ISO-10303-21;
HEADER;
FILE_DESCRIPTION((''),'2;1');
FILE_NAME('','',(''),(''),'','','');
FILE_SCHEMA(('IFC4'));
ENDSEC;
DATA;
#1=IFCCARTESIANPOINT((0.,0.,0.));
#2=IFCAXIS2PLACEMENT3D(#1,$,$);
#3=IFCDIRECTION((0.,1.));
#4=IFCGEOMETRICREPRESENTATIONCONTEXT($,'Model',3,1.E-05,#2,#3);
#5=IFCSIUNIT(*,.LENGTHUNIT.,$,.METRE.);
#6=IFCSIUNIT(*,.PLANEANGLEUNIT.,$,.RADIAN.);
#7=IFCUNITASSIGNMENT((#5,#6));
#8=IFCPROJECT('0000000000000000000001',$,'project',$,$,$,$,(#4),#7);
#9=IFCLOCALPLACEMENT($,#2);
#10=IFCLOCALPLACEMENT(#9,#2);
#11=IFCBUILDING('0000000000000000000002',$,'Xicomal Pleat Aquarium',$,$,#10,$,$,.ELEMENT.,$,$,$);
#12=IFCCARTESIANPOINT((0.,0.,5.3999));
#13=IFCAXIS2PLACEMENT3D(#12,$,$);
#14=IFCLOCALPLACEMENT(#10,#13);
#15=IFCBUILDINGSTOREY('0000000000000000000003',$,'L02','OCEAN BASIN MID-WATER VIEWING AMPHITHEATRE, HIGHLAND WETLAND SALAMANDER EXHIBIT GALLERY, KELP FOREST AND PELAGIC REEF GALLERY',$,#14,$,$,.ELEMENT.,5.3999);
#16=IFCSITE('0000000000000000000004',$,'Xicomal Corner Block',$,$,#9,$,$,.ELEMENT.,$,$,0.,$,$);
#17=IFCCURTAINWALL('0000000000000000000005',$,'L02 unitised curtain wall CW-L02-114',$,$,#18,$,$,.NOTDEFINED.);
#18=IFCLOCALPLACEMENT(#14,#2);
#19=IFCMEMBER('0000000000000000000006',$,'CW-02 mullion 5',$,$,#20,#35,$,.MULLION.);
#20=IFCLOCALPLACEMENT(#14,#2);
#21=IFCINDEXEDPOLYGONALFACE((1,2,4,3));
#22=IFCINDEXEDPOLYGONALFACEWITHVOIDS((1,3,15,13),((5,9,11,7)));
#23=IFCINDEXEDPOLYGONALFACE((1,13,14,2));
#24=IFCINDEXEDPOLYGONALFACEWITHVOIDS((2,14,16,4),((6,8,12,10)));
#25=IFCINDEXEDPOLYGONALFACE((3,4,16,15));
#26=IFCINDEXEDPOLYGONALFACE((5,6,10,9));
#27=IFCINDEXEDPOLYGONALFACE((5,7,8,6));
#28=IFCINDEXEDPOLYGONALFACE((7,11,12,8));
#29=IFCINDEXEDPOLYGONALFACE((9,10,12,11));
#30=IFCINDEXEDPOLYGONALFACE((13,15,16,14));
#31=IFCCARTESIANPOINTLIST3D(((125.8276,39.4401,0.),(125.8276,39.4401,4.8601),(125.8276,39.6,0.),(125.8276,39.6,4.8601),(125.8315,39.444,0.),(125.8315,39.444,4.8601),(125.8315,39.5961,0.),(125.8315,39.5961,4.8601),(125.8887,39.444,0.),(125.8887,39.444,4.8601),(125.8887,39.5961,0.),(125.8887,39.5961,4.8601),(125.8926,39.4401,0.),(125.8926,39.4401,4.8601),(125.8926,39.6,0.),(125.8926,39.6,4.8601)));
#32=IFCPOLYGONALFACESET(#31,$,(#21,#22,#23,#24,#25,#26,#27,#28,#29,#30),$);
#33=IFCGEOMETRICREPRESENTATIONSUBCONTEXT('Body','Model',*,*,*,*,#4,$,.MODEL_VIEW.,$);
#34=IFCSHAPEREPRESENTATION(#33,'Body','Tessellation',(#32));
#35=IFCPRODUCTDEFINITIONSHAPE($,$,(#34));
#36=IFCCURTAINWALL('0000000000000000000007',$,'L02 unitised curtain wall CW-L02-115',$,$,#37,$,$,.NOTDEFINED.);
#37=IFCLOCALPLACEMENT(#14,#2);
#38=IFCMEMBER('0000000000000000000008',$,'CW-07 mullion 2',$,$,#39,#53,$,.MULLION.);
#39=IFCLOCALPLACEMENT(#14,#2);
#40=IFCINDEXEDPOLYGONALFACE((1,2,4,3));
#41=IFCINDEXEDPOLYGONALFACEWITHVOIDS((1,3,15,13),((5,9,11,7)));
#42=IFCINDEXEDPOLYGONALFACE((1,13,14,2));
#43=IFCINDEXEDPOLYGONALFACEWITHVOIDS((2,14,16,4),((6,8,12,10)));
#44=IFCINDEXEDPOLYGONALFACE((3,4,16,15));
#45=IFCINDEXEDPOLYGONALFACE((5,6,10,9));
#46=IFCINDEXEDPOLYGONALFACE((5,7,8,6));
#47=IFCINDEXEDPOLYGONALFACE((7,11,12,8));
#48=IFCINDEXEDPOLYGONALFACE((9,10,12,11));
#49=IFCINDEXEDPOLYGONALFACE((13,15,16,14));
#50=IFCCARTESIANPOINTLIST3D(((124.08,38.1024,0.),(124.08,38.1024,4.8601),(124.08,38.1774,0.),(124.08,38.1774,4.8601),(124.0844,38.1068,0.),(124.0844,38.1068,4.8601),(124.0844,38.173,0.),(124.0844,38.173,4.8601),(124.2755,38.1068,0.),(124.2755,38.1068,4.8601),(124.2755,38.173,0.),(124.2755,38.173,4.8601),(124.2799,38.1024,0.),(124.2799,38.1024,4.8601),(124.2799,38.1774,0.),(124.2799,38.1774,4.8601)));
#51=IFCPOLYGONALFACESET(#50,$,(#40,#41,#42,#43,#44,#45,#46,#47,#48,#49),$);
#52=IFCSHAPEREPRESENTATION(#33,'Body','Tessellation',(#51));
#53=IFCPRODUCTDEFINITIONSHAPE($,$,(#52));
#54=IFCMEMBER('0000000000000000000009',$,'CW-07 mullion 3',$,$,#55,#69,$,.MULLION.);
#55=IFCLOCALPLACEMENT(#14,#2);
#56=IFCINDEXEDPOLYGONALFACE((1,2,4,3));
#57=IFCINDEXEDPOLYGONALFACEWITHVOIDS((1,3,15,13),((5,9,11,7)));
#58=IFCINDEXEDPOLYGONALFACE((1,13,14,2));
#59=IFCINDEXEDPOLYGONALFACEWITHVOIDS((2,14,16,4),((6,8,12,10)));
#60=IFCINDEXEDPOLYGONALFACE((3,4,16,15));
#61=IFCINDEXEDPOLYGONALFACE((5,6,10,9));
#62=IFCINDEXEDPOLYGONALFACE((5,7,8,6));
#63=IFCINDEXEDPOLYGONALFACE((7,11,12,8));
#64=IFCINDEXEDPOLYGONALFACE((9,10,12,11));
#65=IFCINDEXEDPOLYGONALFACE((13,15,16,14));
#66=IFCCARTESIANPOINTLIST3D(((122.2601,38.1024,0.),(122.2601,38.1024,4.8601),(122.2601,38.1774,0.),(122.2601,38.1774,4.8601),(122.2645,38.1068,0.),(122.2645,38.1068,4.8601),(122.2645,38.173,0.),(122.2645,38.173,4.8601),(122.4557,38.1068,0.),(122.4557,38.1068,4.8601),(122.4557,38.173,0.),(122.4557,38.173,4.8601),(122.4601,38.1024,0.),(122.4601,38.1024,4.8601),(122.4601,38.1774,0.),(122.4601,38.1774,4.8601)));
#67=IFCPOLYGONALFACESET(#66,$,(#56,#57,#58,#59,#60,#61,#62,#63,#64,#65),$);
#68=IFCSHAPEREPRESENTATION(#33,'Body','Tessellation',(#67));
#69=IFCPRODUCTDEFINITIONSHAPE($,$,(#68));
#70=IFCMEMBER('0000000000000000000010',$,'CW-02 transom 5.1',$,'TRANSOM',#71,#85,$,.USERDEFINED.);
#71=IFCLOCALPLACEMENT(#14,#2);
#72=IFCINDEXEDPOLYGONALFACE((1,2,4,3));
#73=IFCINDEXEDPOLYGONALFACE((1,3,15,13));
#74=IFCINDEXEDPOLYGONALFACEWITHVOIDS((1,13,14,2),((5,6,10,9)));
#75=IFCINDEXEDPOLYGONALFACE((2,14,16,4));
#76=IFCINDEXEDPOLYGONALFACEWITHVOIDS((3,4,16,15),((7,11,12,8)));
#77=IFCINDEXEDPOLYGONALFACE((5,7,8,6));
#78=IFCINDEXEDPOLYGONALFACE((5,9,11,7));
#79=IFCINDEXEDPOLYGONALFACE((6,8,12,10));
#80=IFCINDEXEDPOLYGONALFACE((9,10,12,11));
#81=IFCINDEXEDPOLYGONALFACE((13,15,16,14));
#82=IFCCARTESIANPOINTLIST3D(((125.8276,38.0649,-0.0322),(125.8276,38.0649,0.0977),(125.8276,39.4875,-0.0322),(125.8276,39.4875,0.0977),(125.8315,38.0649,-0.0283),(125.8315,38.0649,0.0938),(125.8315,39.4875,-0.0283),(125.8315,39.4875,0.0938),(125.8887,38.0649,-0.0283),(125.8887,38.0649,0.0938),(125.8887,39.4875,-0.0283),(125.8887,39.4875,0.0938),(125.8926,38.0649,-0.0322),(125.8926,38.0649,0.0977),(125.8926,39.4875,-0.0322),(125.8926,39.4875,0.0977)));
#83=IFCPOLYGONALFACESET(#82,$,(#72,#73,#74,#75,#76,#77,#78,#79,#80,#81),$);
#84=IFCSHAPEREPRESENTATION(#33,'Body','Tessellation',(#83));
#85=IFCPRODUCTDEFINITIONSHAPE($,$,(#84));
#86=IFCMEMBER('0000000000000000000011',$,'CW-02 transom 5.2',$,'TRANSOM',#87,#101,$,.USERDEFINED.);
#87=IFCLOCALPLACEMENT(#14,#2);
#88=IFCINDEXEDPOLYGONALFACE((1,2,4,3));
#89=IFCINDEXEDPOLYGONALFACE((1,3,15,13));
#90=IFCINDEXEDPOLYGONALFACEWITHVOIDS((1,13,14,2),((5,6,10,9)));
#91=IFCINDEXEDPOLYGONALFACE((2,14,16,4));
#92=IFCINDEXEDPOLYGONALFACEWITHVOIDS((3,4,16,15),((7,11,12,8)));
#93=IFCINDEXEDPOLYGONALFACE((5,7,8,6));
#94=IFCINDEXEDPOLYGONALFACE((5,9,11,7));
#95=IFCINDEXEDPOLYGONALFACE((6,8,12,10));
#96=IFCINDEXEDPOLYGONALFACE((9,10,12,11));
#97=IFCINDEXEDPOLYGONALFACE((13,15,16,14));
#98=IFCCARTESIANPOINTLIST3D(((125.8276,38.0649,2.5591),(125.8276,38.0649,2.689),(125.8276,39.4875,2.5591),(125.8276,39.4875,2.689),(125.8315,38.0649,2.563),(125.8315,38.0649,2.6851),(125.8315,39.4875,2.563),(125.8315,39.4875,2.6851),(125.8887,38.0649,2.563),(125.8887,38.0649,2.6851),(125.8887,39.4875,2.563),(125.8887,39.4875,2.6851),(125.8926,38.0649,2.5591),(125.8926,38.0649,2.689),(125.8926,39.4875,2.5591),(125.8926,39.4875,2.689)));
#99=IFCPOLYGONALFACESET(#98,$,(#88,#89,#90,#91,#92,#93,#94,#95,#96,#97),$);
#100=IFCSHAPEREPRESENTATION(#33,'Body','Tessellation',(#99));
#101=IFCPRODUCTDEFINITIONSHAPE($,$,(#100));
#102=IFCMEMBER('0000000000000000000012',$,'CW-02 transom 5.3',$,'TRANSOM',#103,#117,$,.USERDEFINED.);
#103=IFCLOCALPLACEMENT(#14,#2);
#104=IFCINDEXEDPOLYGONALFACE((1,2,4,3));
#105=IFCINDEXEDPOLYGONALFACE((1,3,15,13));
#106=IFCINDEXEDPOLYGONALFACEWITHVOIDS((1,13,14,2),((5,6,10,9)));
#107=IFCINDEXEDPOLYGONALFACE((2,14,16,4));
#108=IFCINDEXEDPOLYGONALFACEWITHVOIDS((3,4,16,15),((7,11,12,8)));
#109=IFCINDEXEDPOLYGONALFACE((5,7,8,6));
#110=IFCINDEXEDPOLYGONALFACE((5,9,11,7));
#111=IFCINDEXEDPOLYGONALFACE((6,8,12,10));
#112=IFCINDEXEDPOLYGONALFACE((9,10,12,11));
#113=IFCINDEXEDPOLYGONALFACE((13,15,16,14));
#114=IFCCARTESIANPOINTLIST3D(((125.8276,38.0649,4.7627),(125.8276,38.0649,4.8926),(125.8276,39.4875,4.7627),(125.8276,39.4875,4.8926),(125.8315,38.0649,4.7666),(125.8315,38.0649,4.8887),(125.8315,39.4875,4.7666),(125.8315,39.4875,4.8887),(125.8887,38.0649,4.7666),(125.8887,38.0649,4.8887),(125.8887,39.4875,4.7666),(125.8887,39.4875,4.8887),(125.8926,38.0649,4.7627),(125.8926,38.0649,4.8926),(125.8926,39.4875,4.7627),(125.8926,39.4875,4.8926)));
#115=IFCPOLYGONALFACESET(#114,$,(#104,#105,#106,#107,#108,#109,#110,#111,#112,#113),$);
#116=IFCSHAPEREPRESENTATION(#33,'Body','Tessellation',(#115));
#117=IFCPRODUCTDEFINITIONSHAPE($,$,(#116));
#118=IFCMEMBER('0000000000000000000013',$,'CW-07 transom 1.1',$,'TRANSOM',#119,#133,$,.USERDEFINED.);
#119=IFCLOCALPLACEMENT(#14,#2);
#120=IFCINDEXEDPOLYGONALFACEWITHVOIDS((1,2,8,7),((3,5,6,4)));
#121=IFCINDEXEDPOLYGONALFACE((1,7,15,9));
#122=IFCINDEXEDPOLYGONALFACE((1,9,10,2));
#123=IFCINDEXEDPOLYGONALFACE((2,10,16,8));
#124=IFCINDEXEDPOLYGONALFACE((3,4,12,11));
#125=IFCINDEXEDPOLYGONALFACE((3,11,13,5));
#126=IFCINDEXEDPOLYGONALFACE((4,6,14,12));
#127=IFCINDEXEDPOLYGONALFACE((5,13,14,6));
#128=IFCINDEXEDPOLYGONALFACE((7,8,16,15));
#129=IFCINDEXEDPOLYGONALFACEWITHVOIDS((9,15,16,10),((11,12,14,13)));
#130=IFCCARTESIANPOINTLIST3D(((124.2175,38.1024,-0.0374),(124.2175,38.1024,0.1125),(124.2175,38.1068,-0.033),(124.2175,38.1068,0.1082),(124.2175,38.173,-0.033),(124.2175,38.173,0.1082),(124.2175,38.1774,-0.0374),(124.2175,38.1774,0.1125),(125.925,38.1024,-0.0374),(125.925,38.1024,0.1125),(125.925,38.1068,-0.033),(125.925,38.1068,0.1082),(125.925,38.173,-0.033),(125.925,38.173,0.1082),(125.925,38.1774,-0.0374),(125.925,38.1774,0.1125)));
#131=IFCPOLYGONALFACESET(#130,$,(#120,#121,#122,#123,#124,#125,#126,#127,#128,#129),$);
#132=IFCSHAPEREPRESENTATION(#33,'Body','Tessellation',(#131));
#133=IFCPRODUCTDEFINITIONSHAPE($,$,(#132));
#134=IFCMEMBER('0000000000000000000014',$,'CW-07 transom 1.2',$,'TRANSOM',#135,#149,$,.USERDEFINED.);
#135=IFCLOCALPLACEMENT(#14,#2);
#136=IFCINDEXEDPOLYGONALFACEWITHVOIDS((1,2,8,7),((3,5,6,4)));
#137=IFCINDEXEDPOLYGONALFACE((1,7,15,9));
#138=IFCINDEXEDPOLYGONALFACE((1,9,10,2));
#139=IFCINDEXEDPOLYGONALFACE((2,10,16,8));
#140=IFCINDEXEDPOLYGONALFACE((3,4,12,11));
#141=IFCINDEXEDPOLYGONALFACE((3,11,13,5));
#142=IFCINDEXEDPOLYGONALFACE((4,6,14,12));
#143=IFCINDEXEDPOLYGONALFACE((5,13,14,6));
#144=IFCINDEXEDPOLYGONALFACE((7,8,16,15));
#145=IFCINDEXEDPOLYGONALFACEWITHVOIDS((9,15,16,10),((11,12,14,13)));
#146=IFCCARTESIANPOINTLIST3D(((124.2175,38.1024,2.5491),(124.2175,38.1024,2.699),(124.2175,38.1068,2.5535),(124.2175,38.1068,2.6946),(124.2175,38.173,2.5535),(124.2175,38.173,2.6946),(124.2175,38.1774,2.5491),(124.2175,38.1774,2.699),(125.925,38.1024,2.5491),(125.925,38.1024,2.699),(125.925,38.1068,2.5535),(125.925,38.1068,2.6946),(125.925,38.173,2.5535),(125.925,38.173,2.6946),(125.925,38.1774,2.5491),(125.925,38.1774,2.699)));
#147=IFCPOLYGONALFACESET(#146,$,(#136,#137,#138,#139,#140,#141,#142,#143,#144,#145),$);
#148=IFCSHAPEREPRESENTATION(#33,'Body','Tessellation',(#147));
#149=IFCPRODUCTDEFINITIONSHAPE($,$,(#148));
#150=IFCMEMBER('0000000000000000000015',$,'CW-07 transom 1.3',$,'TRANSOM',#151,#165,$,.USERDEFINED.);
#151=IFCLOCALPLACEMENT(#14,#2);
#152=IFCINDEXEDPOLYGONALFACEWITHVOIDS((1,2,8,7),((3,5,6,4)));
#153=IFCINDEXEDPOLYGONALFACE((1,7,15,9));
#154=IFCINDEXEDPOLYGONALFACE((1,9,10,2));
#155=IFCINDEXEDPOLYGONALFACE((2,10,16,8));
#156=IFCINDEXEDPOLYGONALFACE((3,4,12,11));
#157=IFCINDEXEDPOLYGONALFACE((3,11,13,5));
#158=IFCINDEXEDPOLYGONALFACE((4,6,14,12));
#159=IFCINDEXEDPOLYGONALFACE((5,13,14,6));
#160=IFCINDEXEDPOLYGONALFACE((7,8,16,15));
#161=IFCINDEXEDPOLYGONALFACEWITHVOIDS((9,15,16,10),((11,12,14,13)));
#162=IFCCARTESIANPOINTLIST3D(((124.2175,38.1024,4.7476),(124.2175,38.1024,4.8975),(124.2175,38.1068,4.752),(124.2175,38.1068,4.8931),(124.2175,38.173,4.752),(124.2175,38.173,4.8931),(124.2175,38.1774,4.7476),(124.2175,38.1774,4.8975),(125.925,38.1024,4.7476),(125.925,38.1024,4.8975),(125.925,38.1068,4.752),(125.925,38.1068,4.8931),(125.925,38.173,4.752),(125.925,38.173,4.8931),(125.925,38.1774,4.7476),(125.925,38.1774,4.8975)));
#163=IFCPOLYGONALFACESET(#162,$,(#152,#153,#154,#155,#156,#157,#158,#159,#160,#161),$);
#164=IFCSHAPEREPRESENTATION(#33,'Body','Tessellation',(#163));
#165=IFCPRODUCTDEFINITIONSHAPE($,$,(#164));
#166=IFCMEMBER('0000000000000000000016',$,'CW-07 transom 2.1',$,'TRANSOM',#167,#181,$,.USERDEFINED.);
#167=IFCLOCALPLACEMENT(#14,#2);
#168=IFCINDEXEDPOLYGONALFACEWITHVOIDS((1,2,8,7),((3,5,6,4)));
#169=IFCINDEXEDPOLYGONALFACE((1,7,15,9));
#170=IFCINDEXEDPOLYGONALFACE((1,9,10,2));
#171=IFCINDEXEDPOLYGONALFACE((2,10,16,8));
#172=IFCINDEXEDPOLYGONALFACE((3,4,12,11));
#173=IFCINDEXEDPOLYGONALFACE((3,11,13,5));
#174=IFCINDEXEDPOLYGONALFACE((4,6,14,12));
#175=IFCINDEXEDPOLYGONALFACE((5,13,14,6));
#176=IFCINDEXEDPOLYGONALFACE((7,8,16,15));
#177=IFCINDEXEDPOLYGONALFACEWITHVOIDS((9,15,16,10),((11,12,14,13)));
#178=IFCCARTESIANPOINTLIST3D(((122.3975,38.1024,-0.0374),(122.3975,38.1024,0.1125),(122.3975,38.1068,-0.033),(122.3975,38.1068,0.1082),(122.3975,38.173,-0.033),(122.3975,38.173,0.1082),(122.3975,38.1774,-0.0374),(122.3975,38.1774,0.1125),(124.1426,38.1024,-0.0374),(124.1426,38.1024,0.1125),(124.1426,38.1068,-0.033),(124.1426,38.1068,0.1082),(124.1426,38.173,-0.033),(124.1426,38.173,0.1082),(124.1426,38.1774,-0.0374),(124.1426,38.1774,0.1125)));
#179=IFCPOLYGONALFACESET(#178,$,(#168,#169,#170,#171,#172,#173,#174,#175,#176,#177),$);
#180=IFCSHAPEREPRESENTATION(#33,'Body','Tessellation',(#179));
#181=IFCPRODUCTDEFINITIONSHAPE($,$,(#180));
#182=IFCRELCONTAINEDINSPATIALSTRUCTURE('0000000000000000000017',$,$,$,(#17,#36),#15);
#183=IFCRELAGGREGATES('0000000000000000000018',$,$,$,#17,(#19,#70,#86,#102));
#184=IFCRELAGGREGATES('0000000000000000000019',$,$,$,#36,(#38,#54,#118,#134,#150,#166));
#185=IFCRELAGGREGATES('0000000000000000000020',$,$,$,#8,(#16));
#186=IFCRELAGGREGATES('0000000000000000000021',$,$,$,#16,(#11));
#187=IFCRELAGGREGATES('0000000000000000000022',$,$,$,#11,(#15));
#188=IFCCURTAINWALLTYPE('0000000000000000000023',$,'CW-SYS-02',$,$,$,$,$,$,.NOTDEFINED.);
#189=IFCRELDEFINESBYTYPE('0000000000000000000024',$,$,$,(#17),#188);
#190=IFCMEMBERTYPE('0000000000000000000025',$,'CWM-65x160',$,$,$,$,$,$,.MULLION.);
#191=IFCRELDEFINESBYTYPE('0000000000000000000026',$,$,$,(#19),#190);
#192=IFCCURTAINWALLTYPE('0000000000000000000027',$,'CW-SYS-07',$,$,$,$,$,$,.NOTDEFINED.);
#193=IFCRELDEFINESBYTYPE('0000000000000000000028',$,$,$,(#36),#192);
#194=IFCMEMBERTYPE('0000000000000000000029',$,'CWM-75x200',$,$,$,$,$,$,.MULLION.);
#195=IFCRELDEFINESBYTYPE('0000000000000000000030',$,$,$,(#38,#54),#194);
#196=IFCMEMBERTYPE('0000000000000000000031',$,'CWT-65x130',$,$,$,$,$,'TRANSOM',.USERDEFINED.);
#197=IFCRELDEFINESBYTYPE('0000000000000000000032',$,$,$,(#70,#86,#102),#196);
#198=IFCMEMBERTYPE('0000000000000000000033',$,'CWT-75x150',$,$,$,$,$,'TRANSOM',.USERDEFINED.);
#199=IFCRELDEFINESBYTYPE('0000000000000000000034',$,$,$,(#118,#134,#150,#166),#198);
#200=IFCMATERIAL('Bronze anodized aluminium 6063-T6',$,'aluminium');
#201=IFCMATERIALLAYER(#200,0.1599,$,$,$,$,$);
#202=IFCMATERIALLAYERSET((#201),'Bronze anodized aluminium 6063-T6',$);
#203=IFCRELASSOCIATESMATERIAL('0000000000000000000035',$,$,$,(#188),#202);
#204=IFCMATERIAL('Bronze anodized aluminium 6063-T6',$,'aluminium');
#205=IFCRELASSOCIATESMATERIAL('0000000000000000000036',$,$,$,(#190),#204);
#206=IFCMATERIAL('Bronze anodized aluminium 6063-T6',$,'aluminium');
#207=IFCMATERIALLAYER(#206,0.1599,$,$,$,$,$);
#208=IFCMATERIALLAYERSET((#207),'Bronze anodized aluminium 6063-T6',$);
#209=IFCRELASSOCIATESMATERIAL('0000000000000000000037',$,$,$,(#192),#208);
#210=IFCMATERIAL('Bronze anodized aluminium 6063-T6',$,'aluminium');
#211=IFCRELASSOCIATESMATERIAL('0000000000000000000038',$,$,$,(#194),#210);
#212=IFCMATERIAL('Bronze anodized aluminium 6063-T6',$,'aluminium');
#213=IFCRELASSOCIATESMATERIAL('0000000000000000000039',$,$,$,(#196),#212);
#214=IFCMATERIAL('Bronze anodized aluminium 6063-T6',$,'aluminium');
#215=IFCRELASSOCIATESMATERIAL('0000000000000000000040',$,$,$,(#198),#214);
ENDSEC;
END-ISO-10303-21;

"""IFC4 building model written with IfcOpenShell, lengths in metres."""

from ifc_helpers import new_model, si_unit, direction, frame, origin, origin_2d, place, context, subcontext, project, spatial, hollow_rectangle, extrude, material, layer, layer_set, material_profile, profile_set, type_object, element, aggregate, save


model = new_model("IFC4")

# Units and contexts
model_context = context("Model", 3, precision=1e-05, world=origin(), true_north=direction((0.0, 1.0)))
body_context = subcontext(model_context, "Body", "Model", "MODEL_VIEW")
ifc_project = project(units=[si_unit("LENGTHUNIT", "METRE"), si_unit("PLANEANGLEUNIT", "RADIAN")], contexts=[model_context])

# Site, building, storey
site_placement = place(None, origin())
site = spatial("IfcSite", under=ifc_project, at=site_placement, Name="Xicomal Corner Block", CompositionType="ELEMENT", RefElevation=0.0)
building_placement = place(site_placement, origin())
building = spatial("IfcBuilding", under=site, at=building_placement, Name="Xicomal Pleat Aquarium", CompositionType="ELEMENT")
storey_placement = place(building_placement, frame((0.0, 0.0, 5.3999)))
storey = spatial("IfcBuildingStorey", under=building, at=storey_placement, Name="L02", Description="OCEAN BASIN MID-WATER VIEWING AMPHITHEATRE, HIGHLAND WETLAND SALAMANDER EXHIBIT GALLERY, KELP FOREST AND PELAGIC REEF GALLERY", CompositionType="ELEMENT", Elevation=5.3999)

# Curtain wall, member
ifc_material_1 = material(Name="Bronze anodized aluminium 6063-T6", Category="aluminium")
ifc_layer_1 = layer(ifc_material_1, 0.1599)
ifc_layer_set_1 = layer_set([ifc_layer_1], Name="Bronze anodized aluminium 6063-T6")
curtain_wall_type_1 = type_object("IfcCurtainWallType", Name="CW-SYS-02", PredefinedType="NOTDEFINED", material=ifc_layer_set_1)
curtain_wall_1_placement = place(storey_placement, origin())
curtain_wall_1 = element("IfcCurtainWall", 1, at=curtain_wall_1_placement, inside=storey, type_object=curtain_wall_type_1, Name="L02 unitised curtain wall CW-L02-114", PredefinedType="NOTDEFINED")
ifc_material_2 = material(Name="Bronze anodized aluminium 6063-T6", Category="aluminium")
ifc_material_profile_1 = material_profile(ifc_material_2, hollow_rectangle(XDim=0.0649, YDim=0.1599, WallThickness=0.0039, at=origin_2d()), Name="ALU MULL 65x160")
ifc_profile_set_1 = profile_set([ifc_material_profile_1], Name="Bronze anodized aluminium 6063-T6")
member_type_1 = type_object("IfcMemberType", Name="CWM-65x160", PredefinedType="MULLION", material=ifc_profile_set_1)
member_1_placement = place(storey_placement, frame((125.8601, 39.52, 0.0), z_axis=(0.0, 0.0, 1.0), x_axis=(1.0, 0.0, 0.0)))
member_1 = element("IfcMember", 2, at=member_1_placement, type_object=member_type_1, Name="CW-02 mullion 5", PredefinedType="MULLION", context=body_context, shape_type="SweptSolid", body=[
    extrude(hollow_rectangle(XDim=0.0649, YDim=0.1599, WallThickness=0.0039, at=origin_2d()), origin(), (0.0, 0.0, 1.0), 4.8601),
])

# Curtain wall, members
ifc_material_3 = material(Name="Bronze anodized aluminium 6063-T6", Category="aluminium")
ifc_layer_2 = layer(ifc_material_3, 0.1599)
ifc_layer_set_2 = layer_set([ifc_layer_2], Name="Bronze anodized aluminium 6063-T6")
curtain_wall_type_2 = type_object("IfcCurtainWallType", Name="CW-SYS-07", PredefinedType="NOTDEFINED", material=ifc_layer_set_2)
curtain_wall_2_placement = place(storey_placement, origin())
curtain_wall_2 = element("IfcCurtainWall", 3, at=curtain_wall_2_placement, inside=storey, type_object=curtain_wall_type_2, Name="L02 unitised curtain wall CW-L02-115", PredefinedType="NOTDEFINED")
ifc_material_4 = material(Name="Bronze anodized aluminium 6063-T6", Category="aluminium")
ifc_material_profile_2 = material_profile(ifc_material_4, hollow_rectangle(XDim=0.075, YDim=0.2, WallThickness=0.0044, at=origin_2d()), Name="ALU MULL 75x200")
ifc_profile_set_2 = profile_set([ifc_material_profile_2], Name="Bronze anodized aluminium 6063-T6")
member_type_2 = type_object("IfcMemberType", Name="CWM-75x200", PredefinedType="MULLION", material=ifc_profile_set_2)
member_2_placement = place(storey_placement, frame((124.1799, 38.1399, 0.0), z_axis=(0.0, 0.0, 1.0), x_axis=(0.0, -1.0, 0.0)))
member_2 = element("IfcMember", 4, at=member_2_placement, type_object=member_type_2, Name="CW-07 mullion 2", PredefinedType="MULLION", context=body_context, shape_type="SweptSolid", body=[
    extrude(hollow_rectangle(XDim=0.075, YDim=0.2, WallThickness=0.0044, at=origin_2d()), origin(), (0.0, 0.0, 1.0), 4.8601),
])
member_3_placement = place(storey_placement, frame((122.3601, 38.1399, 0.0), z_axis=(0.0, 0.0, 1.0), x_axis=(0.0, -1.0, 0.0)))
member_3 = element("IfcMember", 5, at=member_3_placement, type_object=member_type_2, Name="CW-07 mullion 3", PredefinedType="MULLION", context=body_context, shape_type="SweptSolid", body=[
    extrude(hollow_rectangle(XDim=0.075, YDim=0.2, WallThickness=0.0044, at=origin_2d()), origin(), (0.0, 0.0, 1.0), 4.8601),
])

# Members
ifc_material_5 = material(Name="Bronze anodized aluminium 6063-T6", Category="aluminium")
ifc_material_profile_3 = material_profile(ifc_material_5, hollow_rectangle(XDim=0.0649, YDim=0.1299, WallThickness=0.0039, at=origin_2d()), Name="ALU TRAN 65x130")
ifc_profile_set_3 = profile_set([ifc_material_profile_3], Name="Bronze anodized aluminium 6063-T6")
member_type_3 = type_object("IfcMemberType", Name="CWT-65x130", ElementType="TRANSOM", PredefinedType="USERDEFINED", material=ifc_profile_set_3)
member_4_placement = place(storey_placement, frame((125.8601, 39.4875, 0.0327), z_axis=(0.0, -1.0, 0.0), x_axis=(1.0, 0.0, 0.0)))
member_4 = element("IfcMember", 6, at=member_4_placement, type_object=member_type_3, Name="CW-02 transom 5.1", ObjectType="TRANSOM", PredefinedType="USERDEFINED", context=body_context, shape_type="SweptSolid", body=[
    extrude(hollow_rectangle(XDim=0.0649, YDim=0.1299, WallThickness=0.0039, at=origin_2d()), origin(), (0.0, 0.0, 1.0), 1.4226),
])
member_5_placement = place(storey_placement, frame((125.8601, 39.4875, 2.624), z_axis=(0.0, -1.0, 0.0), x_axis=(1.0, 0.0, 0.0)))
member_5 = element("IfcMember", 7, at=member_5_placement, type_object=member_type_3, Name="CW-02 transom 5.2", ObjectType="TRANSOM", PredefinedType="USERDEFINED", context=body_context, shape_type="SweptSolid", body=[
    extrude(hollow_rectangle(XDim=0.0649, YDim=0.1299, WallThickness=0.0039, at=origin_2d()), origin(), (0.0, 0.0, 1.0), 1.4226),
])
member_6_placement = place(storey_placement, frame((125.8601, 39.4875, 4.8276), z_axis=(0.0, -1.0, 0.0), x_axis=(1.0, 0.0, 0.0)))
member_6 = element("IfcMember", 8, at=member_6_placement, type_object=member_type_3, Name="CW-02 transom 5.3", ObjectType="TRANSOM", PredefinedType="USERDEFINED", context=body_context, shape_type="SweptSolid", body=[
    extrude(hollow_rectangle(XDim=0.0649, YDim=0.1299, WallThickness=0.0039, at=origin_2d()), origin(), (0.0, 0.0, 1.0), 1.4226),
])
ifc_material_6 = material(Name="Bronze anodized aluminium 6063-T6", Category="aluminium")
ifc_material_profile_4 = material_profile(ifc_material_6, hollow_rectangle(XDim=0.075, YDim=0.1499, WallThickness=0.0044, at=origin_2d()), Name="ALU TRAN 75x150")
ifc_profile_set_4 = profile_set([ifc_material_profile_4], Name="Bronze anodized aluminium 6063-T6")
member_type_4 = type_object("IfcMemberType", Name="CWT-75x150", ElementType="TRANSOM", PredefinedType="USERDEFINED", material=ifc_profile_set_4)
member_7_placement = place(storey_placement, frame((125.925, 38.1399, 0.0376), z_axis=(-1.0, 0.0, 0.0), x_axis=(0.0, -1.0, 0.0)))
member_7 = element("IfcMember", 9, at=member_7_placement, type_object=member_type_4, Name="CW-07 transom 1.1", ObjectType="TRANSOM", PredefinedType="USERDEFINED", context=body_context, shape_type="SweptSolid", body=[
    extrude(hollow_rectangle(XDim=0.075, YDim=0.1499, WallThickness=0.0044, at=origin_2d()), origin(), (0.0, 0.0, 1.0), 1.7075),
])
member_8_placement = place(storey_placement, frame((125.925, 38.1399, 2.624), z_axis=(-1.0, 0.0, 0.0), x_axis=(0.0, -1.0, 0.0)))
member_8 = element("IfcMember", 10, at=member_8_placement, type_object=member_type_4, Name="CW-07 transom 1.2", ObjectType="TRANSOM", PredefinedType="USERDEFINED", context=body_context, shape_type="SweptSolid", body=[
    extrude(hollow_rectangle(XDim=0.075, YDim=0.1499, WallThickness=0.0044, at=origin_2d()), origin(), (0.0, 0.0, 1.0), 1.7075),
])
member_9_placement = place(storey_placement, frame((125.925, 38.1399, 4.8225), z_axis=(-1.0, 0.0, 0.0), x_axis=(0.0, -1.0, 0.0)))
member_9 = element("IfcMember", 11, at=member_9_placement, type_object=member_type_4, Name="CW-07 transom 1.3", ObjectType="TRANSOM", PredefinedType="USERDEFINED", context=body_context, shape_type="SweptSolid", body=[
    extrude(hollow_rectangle(XDim=0.075, YDim=0.1499, WallThickness=0.0044, at=origin_2d()), origin(), (0.0, 0.0, 1.0), 1.7075),
])
member_10_placement = place(storey_placement, frame((124.1426, 38.1399, 0.0376), z_axis=(-1.0, 0.0, 0.0), x_axis=(0.0, -1.0, 0.0)))
member_10 = element("IfcMember", 12, at=member_10_placement, type_object=member_type_4, Name="CW-07 transom 2.1", ObjectType="TRANSOM", PredefinedType="USERDEFINED", context=body_context, shape_type="SweptSolid", body=[
    extrude(hollow_rectangle(XDim=0.075, YDim=0.1499, WallThickness=0.0044, at=origin_2d()), origin(), (0.0, 0.0, 1.0), 1.7451),
])

aggregate(curtain_wall_1, [member_1, member_4, member_5, member_6])
aggregate(curtain_wall_2, [member_2, member_3, member_7, member_8, member_9, member_10])

save(model, "model.ifc")
